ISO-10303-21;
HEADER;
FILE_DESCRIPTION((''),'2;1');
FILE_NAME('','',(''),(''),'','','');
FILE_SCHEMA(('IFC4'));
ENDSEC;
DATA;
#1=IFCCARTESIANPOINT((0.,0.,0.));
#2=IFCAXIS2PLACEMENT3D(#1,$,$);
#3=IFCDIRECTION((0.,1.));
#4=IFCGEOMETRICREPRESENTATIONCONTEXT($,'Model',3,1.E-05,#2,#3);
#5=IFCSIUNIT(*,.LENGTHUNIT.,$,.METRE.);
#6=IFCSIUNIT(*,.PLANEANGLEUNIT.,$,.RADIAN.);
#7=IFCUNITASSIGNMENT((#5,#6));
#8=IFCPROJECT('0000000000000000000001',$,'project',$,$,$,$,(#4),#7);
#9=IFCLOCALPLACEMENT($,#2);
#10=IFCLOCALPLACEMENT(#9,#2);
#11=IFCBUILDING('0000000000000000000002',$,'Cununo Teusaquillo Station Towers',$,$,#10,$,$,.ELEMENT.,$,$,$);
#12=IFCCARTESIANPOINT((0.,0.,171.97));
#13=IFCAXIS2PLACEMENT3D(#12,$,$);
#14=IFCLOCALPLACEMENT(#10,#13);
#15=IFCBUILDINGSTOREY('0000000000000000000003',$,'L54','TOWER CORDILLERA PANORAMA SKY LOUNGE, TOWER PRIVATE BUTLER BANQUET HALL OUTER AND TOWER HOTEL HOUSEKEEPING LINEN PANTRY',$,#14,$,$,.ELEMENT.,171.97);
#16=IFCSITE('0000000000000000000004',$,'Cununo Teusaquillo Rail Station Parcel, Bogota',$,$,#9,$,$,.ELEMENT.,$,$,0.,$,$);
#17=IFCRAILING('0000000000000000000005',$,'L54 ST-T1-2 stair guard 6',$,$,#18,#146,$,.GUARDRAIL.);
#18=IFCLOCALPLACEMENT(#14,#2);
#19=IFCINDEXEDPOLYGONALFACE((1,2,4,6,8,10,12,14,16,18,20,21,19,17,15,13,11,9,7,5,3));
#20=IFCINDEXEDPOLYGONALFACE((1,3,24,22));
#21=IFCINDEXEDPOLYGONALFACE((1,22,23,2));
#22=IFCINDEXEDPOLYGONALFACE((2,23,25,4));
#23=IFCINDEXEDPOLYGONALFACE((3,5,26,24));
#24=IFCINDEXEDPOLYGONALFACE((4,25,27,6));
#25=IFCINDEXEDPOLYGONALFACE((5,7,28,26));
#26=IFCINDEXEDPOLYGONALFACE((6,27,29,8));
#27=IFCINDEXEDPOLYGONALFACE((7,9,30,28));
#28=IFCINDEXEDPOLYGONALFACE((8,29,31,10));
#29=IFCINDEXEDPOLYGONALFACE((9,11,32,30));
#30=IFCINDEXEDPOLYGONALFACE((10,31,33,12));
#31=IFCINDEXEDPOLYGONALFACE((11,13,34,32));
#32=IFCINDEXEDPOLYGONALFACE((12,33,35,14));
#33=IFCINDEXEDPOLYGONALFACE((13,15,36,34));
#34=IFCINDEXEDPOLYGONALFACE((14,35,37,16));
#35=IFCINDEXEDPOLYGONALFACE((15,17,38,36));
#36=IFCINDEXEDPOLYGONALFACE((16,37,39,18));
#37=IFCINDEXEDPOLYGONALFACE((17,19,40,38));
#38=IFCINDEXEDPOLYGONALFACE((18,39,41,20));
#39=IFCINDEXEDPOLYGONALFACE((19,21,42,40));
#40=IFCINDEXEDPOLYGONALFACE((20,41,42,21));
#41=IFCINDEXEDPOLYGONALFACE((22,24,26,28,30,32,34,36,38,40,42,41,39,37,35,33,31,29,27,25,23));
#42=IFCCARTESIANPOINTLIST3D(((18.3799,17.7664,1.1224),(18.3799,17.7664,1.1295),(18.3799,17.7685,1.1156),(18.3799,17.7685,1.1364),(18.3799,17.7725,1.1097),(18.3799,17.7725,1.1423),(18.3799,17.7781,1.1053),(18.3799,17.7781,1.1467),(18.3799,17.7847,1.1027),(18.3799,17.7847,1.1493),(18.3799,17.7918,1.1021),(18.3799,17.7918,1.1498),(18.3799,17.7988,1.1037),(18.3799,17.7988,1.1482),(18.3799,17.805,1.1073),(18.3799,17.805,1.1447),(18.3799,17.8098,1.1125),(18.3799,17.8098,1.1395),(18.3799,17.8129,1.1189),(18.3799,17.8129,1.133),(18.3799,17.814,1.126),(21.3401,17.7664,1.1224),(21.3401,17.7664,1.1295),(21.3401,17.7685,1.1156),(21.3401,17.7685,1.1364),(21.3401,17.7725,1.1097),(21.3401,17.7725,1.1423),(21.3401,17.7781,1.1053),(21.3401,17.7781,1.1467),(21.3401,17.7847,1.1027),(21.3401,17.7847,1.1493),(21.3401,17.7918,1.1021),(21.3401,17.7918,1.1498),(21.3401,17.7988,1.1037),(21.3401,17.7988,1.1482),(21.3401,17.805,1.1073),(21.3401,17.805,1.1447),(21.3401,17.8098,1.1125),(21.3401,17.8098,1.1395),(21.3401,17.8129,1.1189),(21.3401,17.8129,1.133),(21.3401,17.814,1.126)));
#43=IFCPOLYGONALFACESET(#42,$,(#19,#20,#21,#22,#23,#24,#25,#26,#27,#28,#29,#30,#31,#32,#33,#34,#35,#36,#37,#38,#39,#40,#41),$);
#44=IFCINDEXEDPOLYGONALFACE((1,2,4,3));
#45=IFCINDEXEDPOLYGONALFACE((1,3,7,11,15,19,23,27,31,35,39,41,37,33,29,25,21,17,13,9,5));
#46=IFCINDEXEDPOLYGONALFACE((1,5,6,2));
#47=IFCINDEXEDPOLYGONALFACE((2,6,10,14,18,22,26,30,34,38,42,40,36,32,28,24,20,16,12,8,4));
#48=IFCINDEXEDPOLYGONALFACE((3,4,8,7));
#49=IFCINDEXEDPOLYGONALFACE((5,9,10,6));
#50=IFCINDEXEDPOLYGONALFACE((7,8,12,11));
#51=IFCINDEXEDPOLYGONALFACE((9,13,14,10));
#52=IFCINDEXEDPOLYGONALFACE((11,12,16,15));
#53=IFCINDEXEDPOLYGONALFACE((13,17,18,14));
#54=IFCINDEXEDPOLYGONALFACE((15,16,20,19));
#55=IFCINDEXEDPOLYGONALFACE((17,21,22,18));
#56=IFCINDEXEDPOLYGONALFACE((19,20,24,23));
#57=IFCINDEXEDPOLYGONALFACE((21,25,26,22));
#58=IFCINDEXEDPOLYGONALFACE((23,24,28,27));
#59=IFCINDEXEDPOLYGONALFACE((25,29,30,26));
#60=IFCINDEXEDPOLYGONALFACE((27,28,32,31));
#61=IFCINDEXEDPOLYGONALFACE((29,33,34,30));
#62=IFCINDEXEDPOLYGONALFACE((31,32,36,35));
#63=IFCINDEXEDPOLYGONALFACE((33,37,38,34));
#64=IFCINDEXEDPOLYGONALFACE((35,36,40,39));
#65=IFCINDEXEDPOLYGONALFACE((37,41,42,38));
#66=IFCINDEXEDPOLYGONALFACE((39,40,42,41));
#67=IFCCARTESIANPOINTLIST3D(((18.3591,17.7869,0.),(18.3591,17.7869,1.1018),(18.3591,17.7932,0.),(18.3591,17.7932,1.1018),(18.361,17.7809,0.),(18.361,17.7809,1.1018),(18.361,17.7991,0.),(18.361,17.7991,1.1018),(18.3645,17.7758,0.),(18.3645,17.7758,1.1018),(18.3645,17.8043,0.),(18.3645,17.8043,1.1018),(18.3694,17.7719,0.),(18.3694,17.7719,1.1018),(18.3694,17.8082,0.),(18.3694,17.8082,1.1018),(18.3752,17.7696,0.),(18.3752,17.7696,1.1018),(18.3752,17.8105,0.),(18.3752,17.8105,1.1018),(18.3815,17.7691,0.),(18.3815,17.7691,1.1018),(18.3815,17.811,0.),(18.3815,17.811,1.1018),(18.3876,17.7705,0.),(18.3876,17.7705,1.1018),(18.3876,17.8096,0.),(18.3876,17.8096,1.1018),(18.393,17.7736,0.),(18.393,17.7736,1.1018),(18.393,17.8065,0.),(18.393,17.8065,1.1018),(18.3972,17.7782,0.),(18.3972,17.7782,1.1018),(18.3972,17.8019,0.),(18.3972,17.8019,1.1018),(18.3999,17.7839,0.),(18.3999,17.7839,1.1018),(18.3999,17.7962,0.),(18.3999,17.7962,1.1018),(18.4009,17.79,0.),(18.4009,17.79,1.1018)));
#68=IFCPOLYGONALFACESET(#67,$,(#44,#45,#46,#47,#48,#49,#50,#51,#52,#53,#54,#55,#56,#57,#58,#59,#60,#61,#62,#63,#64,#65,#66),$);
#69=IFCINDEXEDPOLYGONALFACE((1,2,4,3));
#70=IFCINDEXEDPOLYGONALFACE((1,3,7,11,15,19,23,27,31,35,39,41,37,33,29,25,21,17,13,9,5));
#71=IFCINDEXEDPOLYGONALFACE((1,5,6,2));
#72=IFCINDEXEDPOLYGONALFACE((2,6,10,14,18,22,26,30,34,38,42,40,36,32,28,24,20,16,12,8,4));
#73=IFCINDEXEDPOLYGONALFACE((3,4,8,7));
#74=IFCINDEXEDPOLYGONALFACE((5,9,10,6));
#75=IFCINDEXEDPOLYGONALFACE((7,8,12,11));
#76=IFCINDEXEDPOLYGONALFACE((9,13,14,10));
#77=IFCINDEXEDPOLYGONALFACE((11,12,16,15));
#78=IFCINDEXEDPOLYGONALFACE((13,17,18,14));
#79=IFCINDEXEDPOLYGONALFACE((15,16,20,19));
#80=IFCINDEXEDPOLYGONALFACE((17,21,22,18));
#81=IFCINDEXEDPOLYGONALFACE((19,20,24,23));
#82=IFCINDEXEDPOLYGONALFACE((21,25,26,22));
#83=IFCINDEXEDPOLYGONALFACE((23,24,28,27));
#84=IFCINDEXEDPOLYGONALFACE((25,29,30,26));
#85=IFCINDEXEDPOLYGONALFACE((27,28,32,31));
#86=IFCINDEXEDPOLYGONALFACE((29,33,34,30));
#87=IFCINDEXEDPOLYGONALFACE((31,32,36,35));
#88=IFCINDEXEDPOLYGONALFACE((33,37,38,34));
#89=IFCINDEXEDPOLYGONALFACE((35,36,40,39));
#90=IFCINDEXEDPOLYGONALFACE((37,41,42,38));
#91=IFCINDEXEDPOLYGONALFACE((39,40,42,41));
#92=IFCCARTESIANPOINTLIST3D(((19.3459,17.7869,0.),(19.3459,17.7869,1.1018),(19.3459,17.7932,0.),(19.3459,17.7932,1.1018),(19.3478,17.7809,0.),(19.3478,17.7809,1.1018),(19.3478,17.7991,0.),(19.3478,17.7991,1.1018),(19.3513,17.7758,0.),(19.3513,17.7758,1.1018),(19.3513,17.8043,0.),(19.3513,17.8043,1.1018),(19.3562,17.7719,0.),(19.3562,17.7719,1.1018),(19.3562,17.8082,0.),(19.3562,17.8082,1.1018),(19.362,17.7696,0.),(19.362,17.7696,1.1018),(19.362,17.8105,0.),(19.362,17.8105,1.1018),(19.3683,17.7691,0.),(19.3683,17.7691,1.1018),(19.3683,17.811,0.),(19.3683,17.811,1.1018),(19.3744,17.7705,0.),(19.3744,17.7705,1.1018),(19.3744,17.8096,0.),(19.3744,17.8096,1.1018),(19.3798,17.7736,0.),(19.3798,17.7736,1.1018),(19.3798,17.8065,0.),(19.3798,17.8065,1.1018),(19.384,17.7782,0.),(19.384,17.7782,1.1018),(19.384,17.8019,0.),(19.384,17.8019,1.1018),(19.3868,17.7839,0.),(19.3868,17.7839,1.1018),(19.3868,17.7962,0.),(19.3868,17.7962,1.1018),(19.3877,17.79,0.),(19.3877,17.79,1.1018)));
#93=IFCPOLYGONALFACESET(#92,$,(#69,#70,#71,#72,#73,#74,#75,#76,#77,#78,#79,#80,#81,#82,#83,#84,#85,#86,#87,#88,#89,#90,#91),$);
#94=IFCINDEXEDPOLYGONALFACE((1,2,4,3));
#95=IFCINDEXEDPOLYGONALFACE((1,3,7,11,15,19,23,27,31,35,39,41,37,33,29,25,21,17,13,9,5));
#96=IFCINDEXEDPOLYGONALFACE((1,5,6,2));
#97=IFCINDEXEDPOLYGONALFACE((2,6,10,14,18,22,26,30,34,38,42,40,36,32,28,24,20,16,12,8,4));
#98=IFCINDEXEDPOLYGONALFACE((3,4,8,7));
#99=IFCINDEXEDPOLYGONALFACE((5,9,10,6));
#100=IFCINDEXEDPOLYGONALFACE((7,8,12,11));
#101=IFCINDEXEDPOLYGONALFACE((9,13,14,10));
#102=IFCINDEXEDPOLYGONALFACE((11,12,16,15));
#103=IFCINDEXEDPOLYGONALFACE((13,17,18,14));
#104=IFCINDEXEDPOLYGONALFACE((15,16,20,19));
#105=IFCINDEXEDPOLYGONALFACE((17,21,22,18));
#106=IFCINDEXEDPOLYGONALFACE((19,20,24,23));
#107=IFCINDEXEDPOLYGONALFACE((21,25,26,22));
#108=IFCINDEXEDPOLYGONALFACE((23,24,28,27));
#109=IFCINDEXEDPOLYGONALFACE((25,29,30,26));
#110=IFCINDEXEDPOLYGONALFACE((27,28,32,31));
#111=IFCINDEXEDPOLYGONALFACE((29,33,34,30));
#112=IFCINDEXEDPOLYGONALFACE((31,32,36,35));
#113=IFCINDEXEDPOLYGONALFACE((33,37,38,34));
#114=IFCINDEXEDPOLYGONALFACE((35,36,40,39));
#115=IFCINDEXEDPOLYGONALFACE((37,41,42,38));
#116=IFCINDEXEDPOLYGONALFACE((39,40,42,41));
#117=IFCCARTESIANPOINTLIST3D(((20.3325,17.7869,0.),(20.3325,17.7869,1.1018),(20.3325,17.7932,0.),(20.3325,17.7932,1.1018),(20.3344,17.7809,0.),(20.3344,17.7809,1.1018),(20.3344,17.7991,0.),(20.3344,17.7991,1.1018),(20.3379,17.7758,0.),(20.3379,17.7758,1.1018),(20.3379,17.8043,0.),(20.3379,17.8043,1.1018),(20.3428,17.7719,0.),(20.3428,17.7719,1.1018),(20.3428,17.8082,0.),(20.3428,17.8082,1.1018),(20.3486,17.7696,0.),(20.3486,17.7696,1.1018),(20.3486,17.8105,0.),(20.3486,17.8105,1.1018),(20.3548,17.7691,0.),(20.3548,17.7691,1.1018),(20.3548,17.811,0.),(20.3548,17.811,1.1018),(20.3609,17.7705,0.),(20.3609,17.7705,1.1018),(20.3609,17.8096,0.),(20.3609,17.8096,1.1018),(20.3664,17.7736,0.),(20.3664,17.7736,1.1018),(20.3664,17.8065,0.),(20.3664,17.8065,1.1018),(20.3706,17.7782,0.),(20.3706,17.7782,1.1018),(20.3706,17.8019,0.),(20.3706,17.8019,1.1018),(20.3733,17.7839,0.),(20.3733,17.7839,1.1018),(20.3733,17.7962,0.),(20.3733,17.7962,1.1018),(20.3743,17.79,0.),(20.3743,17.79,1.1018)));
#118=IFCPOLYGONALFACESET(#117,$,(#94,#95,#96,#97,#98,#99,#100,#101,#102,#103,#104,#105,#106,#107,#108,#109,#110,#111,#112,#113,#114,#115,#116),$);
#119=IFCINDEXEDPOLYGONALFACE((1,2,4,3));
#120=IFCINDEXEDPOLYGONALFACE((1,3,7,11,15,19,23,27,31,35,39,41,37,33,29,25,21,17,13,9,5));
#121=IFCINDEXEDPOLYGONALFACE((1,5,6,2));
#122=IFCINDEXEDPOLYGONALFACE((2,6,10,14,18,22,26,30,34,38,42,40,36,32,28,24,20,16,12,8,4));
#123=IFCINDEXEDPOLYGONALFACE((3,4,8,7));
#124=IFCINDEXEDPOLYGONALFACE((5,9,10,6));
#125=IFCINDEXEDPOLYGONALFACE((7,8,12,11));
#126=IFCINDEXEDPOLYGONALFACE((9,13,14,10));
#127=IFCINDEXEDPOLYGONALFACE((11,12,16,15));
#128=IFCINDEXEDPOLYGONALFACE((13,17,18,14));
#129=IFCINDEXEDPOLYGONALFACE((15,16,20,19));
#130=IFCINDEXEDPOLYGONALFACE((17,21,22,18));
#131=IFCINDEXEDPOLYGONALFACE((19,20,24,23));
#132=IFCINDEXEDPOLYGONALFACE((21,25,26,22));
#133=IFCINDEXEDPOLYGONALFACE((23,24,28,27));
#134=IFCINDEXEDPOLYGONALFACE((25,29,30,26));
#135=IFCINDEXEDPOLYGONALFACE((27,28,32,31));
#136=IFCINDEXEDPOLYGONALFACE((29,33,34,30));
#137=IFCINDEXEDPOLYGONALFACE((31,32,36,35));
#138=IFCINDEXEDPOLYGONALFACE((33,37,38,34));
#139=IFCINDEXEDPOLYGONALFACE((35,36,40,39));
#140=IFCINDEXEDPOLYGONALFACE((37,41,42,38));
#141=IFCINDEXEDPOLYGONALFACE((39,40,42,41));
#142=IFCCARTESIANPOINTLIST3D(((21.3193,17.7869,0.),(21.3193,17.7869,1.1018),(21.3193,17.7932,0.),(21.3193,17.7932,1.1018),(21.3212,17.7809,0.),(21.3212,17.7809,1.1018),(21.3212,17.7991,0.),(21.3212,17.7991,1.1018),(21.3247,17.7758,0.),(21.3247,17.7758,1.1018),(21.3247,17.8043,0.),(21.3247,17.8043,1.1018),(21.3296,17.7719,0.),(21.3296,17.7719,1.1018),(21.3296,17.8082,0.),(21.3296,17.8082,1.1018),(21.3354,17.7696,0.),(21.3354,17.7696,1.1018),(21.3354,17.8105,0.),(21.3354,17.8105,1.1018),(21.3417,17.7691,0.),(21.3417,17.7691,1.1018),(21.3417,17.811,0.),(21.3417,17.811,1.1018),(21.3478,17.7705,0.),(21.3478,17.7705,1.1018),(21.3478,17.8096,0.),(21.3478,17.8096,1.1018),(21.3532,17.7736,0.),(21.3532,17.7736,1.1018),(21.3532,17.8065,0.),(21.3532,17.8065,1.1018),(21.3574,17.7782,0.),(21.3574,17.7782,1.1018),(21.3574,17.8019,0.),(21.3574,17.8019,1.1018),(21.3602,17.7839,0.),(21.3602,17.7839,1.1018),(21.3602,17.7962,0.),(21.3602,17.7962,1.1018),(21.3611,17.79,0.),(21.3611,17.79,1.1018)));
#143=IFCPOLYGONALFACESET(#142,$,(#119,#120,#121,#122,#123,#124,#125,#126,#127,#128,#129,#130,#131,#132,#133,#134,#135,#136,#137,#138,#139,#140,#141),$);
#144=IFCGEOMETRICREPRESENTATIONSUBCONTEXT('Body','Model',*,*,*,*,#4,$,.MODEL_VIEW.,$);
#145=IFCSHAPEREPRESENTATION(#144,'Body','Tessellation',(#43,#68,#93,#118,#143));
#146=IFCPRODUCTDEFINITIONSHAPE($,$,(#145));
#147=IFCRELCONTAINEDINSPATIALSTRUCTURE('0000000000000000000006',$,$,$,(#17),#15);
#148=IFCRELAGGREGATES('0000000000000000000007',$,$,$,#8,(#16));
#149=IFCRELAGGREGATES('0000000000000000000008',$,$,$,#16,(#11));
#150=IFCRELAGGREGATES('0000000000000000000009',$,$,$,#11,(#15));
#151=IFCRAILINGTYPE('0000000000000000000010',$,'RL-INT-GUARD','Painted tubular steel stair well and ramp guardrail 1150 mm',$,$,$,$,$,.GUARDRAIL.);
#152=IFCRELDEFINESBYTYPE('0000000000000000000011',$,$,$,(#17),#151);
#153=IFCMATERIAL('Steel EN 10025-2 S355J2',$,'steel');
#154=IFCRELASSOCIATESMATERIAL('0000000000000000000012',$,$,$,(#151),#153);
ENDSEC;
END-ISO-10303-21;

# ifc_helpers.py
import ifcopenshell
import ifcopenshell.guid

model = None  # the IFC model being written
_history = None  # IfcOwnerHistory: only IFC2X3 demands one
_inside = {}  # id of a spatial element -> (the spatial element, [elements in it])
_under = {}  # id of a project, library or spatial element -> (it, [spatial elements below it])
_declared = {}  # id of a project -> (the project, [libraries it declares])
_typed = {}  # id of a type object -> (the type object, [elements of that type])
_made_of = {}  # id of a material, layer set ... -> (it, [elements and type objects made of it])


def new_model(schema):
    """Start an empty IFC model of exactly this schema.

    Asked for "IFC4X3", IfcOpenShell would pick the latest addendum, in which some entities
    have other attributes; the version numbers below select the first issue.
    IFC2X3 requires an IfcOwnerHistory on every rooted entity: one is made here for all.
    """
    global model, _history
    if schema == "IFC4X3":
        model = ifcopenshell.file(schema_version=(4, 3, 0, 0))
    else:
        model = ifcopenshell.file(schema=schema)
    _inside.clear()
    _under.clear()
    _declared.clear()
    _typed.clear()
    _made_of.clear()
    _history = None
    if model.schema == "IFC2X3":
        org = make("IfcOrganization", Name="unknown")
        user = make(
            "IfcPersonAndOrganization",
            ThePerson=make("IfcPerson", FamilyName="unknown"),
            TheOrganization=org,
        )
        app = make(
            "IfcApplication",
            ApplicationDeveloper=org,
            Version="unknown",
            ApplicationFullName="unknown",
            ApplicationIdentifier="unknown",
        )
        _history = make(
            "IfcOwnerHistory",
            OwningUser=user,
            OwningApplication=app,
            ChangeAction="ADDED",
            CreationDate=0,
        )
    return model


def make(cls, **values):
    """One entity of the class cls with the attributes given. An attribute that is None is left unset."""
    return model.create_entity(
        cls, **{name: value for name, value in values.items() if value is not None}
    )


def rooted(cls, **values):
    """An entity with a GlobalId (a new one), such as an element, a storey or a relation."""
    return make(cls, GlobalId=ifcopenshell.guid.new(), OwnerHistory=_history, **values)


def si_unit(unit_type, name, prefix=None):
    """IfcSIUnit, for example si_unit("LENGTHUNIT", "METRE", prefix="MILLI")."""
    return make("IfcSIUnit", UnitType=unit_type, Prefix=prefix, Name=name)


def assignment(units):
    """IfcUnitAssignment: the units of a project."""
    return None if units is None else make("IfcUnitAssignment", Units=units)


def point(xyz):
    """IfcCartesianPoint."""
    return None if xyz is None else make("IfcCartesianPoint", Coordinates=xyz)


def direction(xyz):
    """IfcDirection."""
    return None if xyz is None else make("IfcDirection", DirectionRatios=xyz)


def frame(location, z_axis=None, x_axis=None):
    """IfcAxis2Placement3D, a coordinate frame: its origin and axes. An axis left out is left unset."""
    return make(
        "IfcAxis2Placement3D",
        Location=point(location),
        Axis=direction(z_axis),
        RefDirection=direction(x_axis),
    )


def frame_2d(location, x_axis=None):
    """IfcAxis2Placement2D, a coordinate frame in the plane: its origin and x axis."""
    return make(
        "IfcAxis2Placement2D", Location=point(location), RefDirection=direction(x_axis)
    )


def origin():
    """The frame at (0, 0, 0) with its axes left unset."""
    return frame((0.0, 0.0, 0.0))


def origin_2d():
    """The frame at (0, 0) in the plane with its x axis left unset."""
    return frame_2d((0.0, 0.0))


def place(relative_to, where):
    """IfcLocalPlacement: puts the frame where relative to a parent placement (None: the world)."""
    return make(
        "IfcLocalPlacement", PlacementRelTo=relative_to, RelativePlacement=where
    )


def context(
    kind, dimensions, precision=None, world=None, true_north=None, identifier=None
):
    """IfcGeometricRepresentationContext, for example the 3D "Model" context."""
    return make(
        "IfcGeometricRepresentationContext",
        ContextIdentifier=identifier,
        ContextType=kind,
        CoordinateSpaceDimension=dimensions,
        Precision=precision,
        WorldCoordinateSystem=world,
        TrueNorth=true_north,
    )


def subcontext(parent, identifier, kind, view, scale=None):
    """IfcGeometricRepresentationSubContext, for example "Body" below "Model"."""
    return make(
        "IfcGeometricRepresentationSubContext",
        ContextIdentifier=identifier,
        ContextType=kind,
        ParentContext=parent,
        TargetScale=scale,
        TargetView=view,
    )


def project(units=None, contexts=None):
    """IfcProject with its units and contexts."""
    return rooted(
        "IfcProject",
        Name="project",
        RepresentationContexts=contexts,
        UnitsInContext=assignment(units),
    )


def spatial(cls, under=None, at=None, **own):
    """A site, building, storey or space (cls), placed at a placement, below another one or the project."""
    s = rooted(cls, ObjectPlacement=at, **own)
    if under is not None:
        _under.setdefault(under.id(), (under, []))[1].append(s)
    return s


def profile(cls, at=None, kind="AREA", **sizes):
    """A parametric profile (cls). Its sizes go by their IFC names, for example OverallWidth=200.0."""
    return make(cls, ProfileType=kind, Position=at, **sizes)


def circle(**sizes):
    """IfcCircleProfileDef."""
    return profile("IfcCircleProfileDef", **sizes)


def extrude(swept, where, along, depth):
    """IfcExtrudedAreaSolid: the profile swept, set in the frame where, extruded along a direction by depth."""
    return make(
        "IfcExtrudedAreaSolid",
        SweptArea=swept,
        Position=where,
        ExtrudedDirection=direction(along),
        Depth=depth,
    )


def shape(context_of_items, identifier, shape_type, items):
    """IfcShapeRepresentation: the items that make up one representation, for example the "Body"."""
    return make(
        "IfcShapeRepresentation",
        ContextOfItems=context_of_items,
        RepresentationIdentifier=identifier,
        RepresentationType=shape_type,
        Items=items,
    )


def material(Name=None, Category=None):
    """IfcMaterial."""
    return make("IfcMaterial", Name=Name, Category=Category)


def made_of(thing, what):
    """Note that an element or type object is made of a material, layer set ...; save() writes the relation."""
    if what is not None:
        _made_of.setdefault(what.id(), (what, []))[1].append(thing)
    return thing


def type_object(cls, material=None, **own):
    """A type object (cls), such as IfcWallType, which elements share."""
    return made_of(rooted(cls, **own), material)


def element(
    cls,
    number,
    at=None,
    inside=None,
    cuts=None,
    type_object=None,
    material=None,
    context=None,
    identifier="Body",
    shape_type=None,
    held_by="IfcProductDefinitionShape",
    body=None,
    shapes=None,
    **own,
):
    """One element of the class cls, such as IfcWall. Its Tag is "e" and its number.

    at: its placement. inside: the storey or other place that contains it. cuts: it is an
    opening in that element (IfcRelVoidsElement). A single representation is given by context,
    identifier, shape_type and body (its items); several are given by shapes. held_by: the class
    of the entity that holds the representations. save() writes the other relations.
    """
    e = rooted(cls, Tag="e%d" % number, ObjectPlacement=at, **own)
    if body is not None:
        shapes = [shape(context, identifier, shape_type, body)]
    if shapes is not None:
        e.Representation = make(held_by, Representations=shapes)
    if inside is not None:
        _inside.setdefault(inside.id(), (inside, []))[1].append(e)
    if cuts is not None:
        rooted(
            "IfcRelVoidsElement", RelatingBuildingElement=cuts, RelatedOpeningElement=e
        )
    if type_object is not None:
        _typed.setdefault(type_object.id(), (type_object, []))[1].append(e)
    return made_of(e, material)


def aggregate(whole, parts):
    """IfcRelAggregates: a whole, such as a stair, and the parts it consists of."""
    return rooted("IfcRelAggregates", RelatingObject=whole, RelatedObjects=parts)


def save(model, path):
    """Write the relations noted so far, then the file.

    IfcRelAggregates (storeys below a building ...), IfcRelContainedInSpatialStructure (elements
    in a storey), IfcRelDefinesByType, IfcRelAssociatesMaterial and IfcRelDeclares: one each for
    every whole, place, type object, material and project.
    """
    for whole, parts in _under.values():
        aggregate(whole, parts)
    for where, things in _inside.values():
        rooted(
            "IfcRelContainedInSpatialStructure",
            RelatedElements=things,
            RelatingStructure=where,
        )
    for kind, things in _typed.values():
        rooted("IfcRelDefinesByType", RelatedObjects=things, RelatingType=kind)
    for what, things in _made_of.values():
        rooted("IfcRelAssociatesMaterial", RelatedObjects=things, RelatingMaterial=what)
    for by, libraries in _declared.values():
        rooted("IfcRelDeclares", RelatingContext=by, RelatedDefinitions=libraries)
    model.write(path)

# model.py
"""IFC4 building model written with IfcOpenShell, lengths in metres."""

from ifc_helpers import new_model, si_unit, direction, frame, origin, origin_2d, place, context, subcontext, project, spatial, circle, extrude, material, type_object, element, save


model = new_model("IFC4")

# Units and contexts
model_context = context("Model", 3, precision=1e-05, world=origin(), true_north=direction((0.0, 1.0)))
body_context = subcontext(model_context, "Body", "Model", "MODEL_VIEW")
ifc_project = project(units=[si_unit("LENGTHUNIT", "METRE"), si_unit("PLANEANGLEUNIT", "RADIAN")], contexts=[model_context])

# Site, building, storey
site_placement = place(None, origin())
site = spatial("IfcSite", under=ifc_project, at=site_placement, Name="Cununo Teusaquillo Rail Station Parcel, Bogota", CompositionType="ELEMENT", RefElevation=0.0)
building_placement = place(site_placement, origin())
building = spatial("IfcBuilding", under=site, at=building_placement, Name="Cununo Teusaquillo Station Towers", CompositionType="ELEMENT")
storey_placement = place(building_placement, frame((0.0, 0.0, 171.97)))
storey = spatial("IfcBuildingStorey", under=building, at=storey_placement, Name="L54", Description="TOWER CORDILLERA PANORAMA SKY LOUNGE, TOWER PRIVATE BUTLER BANQUET HALL OUTER AND TOWER HOTEL HOUSEKEEPING LINEN PANTRY", CompositionType="ELEMENT", Elevation=171.97)

# Railing
ifc_material_1 = material(Name="Steel EN 10025-2 S355J2", Category="steel")
railing_type_1 = type_object("IfcRailingType", Name="RL-INT-GUARD", Description="Painted tubular steel stair well and ramp guardrail 1150 mm", PredefinedType="GUARDRAIL", material=ifc_material_1)
railing_1_placement = place(storey_placement, frame((18.3799, 17.79, 0.0)))
element("IfcRailing", 1, at=railing_1_placement, inside=storey, type_object=railing_type_1, Name="L54 ST-T1-2 stair guard 6", PredefinedType="GUARDRAIL", context=body_context, shape_type="SweptSolid", body=[
    extrude(circle(Radius=0.0239, at=origin_2d()), frame((0.0, 0.0, 1.126), z_axis=(1.0, 0.0, 0.0), x_axis=(0.0, 1.0, 0.0)), (0.0, 0.0, 1.0), 2.9602),
    extrude(circle(Radius=0.021, at=origin_2d()), origin(), (0.0, 0.0, 1.0), 1.1018),
    extrude(circle(Radius=0.021, at=origin_2d()), frame((0.9868, 0.0, 0.0)), (0.0, 0.0, 1.0), 1.1018),
    extrude(circle(Radius=0.021, at=origin_2d()), frame((1.9734, 0.0, 0.0)), (0.0, 0.0, 1.0), 1.1018),
    extrude(circle(Radius=0.021, at=origin_2d()), frame((2.9602, 0.0, 0.0)), (0.0, 0.0, 1.0), 1.1018),
])

save(model, "model.ifc")
